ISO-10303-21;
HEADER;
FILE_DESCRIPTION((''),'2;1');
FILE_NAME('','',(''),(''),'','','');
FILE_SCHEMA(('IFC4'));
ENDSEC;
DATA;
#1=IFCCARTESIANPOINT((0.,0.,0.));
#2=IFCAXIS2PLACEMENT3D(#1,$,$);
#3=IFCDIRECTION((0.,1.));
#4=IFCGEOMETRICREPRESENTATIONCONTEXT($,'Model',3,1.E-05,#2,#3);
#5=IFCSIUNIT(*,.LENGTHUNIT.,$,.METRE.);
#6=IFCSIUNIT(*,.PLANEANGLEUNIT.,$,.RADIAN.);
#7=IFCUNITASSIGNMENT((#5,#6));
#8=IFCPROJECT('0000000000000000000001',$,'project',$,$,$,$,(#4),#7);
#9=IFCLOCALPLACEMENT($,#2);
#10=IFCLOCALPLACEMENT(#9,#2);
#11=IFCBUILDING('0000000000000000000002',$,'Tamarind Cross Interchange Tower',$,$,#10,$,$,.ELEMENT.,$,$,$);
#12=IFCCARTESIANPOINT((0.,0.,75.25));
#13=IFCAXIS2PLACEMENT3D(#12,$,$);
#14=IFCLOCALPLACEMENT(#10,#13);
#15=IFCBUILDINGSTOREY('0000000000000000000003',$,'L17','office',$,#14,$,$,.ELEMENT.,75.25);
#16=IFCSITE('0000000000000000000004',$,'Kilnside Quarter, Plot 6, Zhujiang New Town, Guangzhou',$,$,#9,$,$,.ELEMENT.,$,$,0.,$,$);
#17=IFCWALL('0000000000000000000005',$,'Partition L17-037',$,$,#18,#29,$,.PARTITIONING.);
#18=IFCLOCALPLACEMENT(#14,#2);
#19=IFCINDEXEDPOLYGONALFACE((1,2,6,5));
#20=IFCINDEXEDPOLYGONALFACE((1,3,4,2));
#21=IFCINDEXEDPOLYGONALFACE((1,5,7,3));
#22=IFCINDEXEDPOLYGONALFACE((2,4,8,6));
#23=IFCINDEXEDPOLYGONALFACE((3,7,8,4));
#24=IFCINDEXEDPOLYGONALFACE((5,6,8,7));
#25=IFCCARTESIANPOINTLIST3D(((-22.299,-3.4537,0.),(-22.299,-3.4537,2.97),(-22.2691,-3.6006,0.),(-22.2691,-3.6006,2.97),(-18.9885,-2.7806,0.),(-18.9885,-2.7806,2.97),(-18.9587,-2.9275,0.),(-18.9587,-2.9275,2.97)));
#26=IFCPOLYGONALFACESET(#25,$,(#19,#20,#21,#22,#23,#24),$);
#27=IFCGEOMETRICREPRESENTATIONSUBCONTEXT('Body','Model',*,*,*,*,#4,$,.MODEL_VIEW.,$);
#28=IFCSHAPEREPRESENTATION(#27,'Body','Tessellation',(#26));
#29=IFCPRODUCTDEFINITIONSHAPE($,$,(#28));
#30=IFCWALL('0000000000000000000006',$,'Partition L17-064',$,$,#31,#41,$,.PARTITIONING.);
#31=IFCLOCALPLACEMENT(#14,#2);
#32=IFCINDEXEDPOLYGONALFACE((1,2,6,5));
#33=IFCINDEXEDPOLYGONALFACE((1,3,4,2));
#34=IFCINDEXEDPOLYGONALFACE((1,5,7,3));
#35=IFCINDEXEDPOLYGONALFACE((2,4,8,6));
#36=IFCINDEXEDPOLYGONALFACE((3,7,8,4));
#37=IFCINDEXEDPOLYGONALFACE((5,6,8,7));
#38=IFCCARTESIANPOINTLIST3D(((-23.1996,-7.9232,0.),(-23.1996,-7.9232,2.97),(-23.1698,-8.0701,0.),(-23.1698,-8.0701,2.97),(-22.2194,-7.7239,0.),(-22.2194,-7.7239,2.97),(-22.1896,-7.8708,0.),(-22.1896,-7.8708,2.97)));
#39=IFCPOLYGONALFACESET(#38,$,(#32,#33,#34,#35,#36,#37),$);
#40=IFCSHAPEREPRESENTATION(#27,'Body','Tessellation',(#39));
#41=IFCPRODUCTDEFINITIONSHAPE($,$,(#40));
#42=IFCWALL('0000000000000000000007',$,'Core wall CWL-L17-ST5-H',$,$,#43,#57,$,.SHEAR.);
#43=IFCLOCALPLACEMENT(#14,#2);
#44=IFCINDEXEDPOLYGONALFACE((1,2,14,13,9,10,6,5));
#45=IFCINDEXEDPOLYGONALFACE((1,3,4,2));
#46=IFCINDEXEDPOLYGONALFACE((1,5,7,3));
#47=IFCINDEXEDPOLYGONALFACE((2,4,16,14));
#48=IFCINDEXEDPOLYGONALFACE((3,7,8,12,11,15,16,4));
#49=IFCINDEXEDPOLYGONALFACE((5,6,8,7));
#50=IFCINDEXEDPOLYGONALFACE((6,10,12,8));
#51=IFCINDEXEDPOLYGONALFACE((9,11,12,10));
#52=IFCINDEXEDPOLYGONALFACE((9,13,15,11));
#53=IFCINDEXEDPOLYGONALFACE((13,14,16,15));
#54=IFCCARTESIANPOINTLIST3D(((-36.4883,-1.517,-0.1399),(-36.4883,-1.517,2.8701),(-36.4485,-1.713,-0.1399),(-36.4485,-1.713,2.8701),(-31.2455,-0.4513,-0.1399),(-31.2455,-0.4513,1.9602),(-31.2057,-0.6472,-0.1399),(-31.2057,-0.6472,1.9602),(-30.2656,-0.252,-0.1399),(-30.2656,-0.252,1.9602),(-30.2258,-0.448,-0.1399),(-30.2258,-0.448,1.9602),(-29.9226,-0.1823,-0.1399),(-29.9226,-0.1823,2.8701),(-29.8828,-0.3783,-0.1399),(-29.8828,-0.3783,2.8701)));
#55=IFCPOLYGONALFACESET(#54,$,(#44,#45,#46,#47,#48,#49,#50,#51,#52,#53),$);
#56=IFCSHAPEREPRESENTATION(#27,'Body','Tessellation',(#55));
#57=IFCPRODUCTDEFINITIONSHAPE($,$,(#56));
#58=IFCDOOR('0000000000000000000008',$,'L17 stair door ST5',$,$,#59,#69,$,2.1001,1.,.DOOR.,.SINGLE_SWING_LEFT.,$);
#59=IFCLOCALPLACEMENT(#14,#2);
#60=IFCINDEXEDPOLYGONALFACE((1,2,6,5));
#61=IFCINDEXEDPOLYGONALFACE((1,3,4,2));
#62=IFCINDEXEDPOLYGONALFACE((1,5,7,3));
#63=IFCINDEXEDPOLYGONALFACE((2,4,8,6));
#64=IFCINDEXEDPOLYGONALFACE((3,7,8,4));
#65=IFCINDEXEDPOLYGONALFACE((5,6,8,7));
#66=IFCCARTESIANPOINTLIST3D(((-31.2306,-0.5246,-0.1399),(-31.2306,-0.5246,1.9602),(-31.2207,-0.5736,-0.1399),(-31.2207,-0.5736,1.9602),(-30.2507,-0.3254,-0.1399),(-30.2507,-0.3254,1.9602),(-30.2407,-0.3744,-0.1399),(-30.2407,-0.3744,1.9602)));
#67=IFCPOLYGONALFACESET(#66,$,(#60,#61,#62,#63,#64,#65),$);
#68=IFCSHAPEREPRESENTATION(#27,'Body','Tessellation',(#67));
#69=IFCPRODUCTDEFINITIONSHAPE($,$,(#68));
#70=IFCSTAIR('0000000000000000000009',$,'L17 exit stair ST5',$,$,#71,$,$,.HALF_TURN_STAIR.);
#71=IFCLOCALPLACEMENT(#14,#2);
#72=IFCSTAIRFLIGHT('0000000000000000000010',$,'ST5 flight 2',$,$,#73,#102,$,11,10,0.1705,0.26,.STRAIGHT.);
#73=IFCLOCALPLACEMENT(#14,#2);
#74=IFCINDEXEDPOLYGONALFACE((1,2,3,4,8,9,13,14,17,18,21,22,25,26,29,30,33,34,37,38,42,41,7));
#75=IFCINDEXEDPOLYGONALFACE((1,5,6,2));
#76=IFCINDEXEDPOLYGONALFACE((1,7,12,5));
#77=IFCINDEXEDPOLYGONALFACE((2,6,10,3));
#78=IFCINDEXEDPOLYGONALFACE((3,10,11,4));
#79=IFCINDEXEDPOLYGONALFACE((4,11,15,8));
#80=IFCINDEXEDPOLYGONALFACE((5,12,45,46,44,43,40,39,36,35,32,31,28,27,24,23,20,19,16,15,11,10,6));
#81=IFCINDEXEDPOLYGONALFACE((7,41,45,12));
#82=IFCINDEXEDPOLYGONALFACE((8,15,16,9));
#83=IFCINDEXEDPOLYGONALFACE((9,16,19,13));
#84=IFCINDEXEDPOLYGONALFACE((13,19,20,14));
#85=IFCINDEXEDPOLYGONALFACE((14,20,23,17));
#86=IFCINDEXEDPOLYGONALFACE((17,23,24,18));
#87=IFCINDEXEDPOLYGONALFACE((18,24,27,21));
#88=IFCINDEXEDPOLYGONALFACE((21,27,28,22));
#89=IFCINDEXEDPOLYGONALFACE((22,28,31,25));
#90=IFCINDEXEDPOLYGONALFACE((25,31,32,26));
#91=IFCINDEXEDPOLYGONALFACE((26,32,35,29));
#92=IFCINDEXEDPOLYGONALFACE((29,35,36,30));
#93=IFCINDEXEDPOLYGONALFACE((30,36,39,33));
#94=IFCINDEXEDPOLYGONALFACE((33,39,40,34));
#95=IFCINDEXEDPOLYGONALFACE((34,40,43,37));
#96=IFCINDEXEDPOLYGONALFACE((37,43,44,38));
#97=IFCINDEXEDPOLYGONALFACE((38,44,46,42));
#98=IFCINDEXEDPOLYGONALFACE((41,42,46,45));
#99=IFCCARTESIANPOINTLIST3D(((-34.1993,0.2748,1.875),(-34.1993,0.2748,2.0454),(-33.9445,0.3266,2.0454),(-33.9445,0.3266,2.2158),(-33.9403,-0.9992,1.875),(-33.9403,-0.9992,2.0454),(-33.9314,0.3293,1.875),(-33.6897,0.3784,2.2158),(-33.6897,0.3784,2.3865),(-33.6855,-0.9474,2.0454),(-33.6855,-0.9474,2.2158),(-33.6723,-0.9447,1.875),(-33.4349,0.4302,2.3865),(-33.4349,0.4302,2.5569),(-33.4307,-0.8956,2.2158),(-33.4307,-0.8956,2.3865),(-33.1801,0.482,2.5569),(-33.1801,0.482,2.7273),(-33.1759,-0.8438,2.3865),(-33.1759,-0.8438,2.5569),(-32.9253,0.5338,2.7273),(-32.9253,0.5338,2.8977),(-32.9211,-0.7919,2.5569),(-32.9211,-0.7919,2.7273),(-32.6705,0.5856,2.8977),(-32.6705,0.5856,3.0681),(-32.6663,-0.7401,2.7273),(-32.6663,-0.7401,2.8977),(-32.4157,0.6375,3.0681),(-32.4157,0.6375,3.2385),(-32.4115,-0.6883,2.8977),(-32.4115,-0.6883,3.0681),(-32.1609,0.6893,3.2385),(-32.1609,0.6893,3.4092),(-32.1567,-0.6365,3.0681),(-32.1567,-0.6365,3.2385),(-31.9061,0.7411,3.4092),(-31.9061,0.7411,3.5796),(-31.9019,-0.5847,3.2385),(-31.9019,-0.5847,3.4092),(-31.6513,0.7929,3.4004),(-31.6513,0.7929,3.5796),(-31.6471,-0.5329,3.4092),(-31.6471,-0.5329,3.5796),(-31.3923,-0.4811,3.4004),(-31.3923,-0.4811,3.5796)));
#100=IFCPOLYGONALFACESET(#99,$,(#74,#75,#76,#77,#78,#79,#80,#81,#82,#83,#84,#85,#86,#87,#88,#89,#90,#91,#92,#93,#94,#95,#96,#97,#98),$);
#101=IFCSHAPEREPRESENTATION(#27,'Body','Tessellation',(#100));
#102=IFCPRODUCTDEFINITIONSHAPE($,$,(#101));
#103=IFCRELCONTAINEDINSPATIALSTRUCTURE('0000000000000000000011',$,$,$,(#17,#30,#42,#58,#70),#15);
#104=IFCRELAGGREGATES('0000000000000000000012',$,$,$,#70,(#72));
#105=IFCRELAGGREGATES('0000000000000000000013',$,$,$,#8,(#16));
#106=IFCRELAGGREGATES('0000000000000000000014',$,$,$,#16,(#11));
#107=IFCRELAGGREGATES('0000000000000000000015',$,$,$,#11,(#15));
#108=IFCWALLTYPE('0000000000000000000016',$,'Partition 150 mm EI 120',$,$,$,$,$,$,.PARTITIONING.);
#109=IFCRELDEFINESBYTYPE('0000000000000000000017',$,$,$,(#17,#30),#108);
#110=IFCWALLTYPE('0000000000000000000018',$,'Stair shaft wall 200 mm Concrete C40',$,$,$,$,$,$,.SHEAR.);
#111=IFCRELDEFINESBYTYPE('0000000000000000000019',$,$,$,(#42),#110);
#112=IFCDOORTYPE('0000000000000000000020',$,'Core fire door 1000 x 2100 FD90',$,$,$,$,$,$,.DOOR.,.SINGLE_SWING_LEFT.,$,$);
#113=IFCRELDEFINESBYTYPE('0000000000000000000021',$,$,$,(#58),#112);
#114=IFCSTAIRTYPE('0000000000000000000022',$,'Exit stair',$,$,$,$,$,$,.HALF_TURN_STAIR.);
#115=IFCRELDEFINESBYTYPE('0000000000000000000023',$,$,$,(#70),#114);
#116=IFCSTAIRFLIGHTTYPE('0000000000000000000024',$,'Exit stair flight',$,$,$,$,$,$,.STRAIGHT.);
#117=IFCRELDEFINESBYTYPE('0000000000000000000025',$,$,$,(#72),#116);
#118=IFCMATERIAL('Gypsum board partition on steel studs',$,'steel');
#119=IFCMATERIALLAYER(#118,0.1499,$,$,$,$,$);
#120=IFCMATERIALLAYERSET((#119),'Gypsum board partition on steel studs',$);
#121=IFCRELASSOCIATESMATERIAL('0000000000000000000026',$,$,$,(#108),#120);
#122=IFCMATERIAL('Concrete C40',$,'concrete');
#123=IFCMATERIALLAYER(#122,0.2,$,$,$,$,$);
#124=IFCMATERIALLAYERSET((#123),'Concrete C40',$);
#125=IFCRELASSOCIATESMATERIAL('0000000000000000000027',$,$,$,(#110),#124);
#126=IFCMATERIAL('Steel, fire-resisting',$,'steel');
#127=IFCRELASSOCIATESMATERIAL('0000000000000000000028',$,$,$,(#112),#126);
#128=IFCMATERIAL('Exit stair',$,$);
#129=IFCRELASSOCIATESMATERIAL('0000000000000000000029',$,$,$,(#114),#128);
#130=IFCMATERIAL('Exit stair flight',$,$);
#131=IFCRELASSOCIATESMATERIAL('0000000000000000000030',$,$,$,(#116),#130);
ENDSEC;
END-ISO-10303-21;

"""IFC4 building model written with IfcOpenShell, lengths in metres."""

from ifc_helpers import new_model, si_unit, direction, frame, frame_2d, origin, place, context, subcontext, project, spatial, polyline, rectangle, outline, extrude, material, layer, layer_set, type_object, element, fill, aggregate, save


model = new_model("IFC4")

# Units and contexts
model_context = context("Model", 3, precision=1e-05, world=origin(), true_north=direction((0.0, 1.0)))
body_context = subcontext(model_context, "Body", "Model", "MODEL_VIEW")
ifc_project = project(units=[si_unit("LENGTHUNIT", "METRE"), si_unit("PLANEANGLEUNIT", "RADIAN")], contexts=[model_context])

# Site, building, storey
site_placement = place(None, origin())
site = spatial("IfcSite", under=ifc_project, at=site_placement, Name="Kilnside Quarter, Plot 6, Zhujiang New Town, Guangzhou", CompositionType="ELEMENT", RefElevation=0.0)
building_placement = place(site_placement, origin())
building = spatial("IfcBuilding", under=site, at=building_placement, Name="Tamarind Cross Interchange Tower", CompositionType="ELEMENT")
storey_placement = place(building_placement, frame((0.0, 0.0, 75.25)))
storey = spatial("IfcBuildingStorey", under=building, at=storey_placement, Name="L17", Description="office", CompositionType="ELEMENT", Elevation=75.25)

# Shared definitions
ifc_material_1 = material(Name="Gypsum board partition on steel studs", Category="steel")
ifc_layer_1 = layer(ifc_material_1, 0.1499)
ifc_layer_set_1 = layer_set([ifc_layer_1], Name="Gypsum board partition on steel studs")
wall_type_1 = type_object("IfcWallType", Name="Partition 150 mm EI 120", PredefinedType="PARTITIONING", material=ifc_layer_set_1)

# Walls
wall_1_placement = place(storey_placement, frame((-22.2839, -3.5271, 0.0), z_axis=(0.0, 0.0, 1.0), x_axis=(0.97995, 0.199242, 0.0)))
element("IfcWall", 1, at=wall_1_placement, inside=storey, type_object=wall_type_1, Name="Partition L17-037", PredefinedType="PARTITIONING", context=body_context, shape_type="SweptSolid", body=[
    extrude(rectangle(XDim=3.3782, YDim=0.1499, at=frame_2d((1.689, 0.0))), origin(), (0.0, 0.0, 1.0), 2.97),
])
wall_2_placement = place(storey_placement, frame((-23.1846, -7.9966, 0.0), z_axis=(0.0, 0.0, 1.0), x_axis=(0.979966, 0.199166, 0.0)))
element("IfcWall", 2, at=wall_2_placement, inside=storey, type_object=wall_type_1, Name="Partition L17-064", PredefinedType="PARTITIONING", context=body_context, shape_type="SweptSolid", body=[
    extrude(rectangle(XDim=1.0002, YDim=0.1499, at=frame_2d((0.5, 0.0))), origin(), (0.0, 0.0, 1.0), 2.97),
])

# Wall, opening, door
ifc_material_2 = material(Name="Concrete C40", Category="concrete")
ifc_layer_2 = layer(ifc_material_2, 0.2)
ifc_layer_set_2 = layer_set([ifc_layer_2], Name="Concrete C40")
wall_type_2 = type_object("IfcWallType", Name="Stair shaft wall 200 mm Concrete C40", PredefinedType="SHEAR", material=ifc_layer_set_2)
wall_3_placement = place(storey_placement, frame((-29.9026, -0.2803, -0.1399), z_axis=(0.0, 0.0, 1.0), x_axis=(-0.979956, -0.199212, 0.0)))
wall_3 = element("IfcWall", 3, at=wall_3_placement, inside=storey, type_object=wall_type_2, Name="Core wall CWL-L17-ST5-H", PredefinedType="SHEAR", context=body_context, shape_type="SweptSolid", body=[
    extrude(rectangle(XDim=6.7, YDim=0.2, at=frame_2d((3.3501, 0.0))), origin(), (0.0, 0.0, 1.0), 3.01),
])
opening_1_placement = place(wall_3_placement, frame((0.3501, 0.0, 0.0)))
opening_1 = element("IfcOpeningElement", 4, at=opening_1_placement, cuts=wall_3, PredefinedType="OPENING", context=body_context, shape_type="SweptSolid", body=[
    extrude(rectangle(XDim=1.0, YDim=2.1001, at=frame_2d((0.5, 1.05))), frame((0.0, 0.1099, 0.0), z_axis=(0.0, -1.0, 0.0), x_axis=(1.0, 0.0, 0.0)), (0.0, 0.0, 1.0), 0.22),
])
ifc_material_3 = material(Name="Steel, fire-resisting", Category="steel")
door_type_1 = type_object("IfcDoorType", Name="Core fire door 1000 x 2100 FD90", OperationType="SINGLE_SWING_LEFT", PredefinedType="DOOR", material=ifc_material_3)
door_1_placement = place(opening_1_placement, origin())
door_1 = element("IfcDoor", 5, at=door_1_placement, inside=storey, type_object=door_type_1, Name="L17 stair door ST5", OperationType="SINGLE_SWING_LEFT", OverallHeight=2.1001, OverallWidth=1.0, PredefinedType="DOOR", context=body_context, shape_type="SweptSolid", body=[
    extrude(rectangle(XDim=1.0, YDim=2.1001, at=frame_2d((0.5, 1.05))), frame((0.0, 0.0249, 0.0), z_axis=(0.0, -1.0, 0.0), x_axis=(1.0, 0.0, 0.0)), (0.0, 0.0, 1.0), 0.05),
])
fill(opening_1, door_1)

# Stair, stair flight
ifc_material_4 = material(Name="Exit stair")
stair_type = type_object("IfcStairType", Name="Exit stair", PredefinedType="HALF_TURN_STAIR", material=ifc_material_4)
stair_placement = place(storey_placement, origin())
stair = element("IfcStair", 6, at=stair_placement, inside=storey, type_object=stair_type, Name="L17 exit stair ST5", PredefinedType="HALF_TURN_STAIR")
ifc_material_5 = material(Name="Exit stair flight")
stair_flight_type = type_object("IfcStairFlightType", Name="Exit stair flight", PredefinedType="STRAIGHT", material=ifc_material_5)
stair_flight_placement = place(storey_placement, frame((-34.0698, -0.3621, 1.875), z_axis=(0.0, 0.0, 1.0), x_axis=(0.97995, 0.199245, 0.0)))
stair_flight = element("IfcStairFlight", 7, at=stair_flight_placement, type_object=stair_flight_type, Name="ST5 flight 2", NumberOfRisers=11, NumberOfTreads=10, PredefinedType="STRAIGHT", RiserHeight=0.1705, TreadLength=0.26, context=body_context, shape_type="SweptSolid", body=[
    extrude(outline(polyline([(0.0, 0.0), (0.0, 0.1704), (0.26, 0.1704), (0.26, 0.3408), (0.52, 0.3408), (0.52, 0.5115), (0.78, 0.5115), (0.78, 0.6819), (1.04, 0.6819), (1.04, 0.8523), (1.3, 0.8523), (1.3, 1.0227), (1.5601, 1.0227), (1.5601, 1.1931), (1.8201, 1.1931), (1.8201, 1.3635), (2.0801, 1.3635), (2.0801, 1.5342), (2.3401, 1.5342), (2.3401, 1.7046), (2.6001, 1.7046), (2.6001, 1.875), (2.6001, 1.5254), (0.2734, 0.0), (0.0, 0.0)])), frame((0.0, 0.6499, 0.0), z_axis=(0.0, -1.0, 0.0), x_axis=(1.0, 0.0, 0.0)), (0.0, 0.0, 1.0), 1.3),
])
aggregate(stair, [stair_flight])

save(model, "model.ifc")
